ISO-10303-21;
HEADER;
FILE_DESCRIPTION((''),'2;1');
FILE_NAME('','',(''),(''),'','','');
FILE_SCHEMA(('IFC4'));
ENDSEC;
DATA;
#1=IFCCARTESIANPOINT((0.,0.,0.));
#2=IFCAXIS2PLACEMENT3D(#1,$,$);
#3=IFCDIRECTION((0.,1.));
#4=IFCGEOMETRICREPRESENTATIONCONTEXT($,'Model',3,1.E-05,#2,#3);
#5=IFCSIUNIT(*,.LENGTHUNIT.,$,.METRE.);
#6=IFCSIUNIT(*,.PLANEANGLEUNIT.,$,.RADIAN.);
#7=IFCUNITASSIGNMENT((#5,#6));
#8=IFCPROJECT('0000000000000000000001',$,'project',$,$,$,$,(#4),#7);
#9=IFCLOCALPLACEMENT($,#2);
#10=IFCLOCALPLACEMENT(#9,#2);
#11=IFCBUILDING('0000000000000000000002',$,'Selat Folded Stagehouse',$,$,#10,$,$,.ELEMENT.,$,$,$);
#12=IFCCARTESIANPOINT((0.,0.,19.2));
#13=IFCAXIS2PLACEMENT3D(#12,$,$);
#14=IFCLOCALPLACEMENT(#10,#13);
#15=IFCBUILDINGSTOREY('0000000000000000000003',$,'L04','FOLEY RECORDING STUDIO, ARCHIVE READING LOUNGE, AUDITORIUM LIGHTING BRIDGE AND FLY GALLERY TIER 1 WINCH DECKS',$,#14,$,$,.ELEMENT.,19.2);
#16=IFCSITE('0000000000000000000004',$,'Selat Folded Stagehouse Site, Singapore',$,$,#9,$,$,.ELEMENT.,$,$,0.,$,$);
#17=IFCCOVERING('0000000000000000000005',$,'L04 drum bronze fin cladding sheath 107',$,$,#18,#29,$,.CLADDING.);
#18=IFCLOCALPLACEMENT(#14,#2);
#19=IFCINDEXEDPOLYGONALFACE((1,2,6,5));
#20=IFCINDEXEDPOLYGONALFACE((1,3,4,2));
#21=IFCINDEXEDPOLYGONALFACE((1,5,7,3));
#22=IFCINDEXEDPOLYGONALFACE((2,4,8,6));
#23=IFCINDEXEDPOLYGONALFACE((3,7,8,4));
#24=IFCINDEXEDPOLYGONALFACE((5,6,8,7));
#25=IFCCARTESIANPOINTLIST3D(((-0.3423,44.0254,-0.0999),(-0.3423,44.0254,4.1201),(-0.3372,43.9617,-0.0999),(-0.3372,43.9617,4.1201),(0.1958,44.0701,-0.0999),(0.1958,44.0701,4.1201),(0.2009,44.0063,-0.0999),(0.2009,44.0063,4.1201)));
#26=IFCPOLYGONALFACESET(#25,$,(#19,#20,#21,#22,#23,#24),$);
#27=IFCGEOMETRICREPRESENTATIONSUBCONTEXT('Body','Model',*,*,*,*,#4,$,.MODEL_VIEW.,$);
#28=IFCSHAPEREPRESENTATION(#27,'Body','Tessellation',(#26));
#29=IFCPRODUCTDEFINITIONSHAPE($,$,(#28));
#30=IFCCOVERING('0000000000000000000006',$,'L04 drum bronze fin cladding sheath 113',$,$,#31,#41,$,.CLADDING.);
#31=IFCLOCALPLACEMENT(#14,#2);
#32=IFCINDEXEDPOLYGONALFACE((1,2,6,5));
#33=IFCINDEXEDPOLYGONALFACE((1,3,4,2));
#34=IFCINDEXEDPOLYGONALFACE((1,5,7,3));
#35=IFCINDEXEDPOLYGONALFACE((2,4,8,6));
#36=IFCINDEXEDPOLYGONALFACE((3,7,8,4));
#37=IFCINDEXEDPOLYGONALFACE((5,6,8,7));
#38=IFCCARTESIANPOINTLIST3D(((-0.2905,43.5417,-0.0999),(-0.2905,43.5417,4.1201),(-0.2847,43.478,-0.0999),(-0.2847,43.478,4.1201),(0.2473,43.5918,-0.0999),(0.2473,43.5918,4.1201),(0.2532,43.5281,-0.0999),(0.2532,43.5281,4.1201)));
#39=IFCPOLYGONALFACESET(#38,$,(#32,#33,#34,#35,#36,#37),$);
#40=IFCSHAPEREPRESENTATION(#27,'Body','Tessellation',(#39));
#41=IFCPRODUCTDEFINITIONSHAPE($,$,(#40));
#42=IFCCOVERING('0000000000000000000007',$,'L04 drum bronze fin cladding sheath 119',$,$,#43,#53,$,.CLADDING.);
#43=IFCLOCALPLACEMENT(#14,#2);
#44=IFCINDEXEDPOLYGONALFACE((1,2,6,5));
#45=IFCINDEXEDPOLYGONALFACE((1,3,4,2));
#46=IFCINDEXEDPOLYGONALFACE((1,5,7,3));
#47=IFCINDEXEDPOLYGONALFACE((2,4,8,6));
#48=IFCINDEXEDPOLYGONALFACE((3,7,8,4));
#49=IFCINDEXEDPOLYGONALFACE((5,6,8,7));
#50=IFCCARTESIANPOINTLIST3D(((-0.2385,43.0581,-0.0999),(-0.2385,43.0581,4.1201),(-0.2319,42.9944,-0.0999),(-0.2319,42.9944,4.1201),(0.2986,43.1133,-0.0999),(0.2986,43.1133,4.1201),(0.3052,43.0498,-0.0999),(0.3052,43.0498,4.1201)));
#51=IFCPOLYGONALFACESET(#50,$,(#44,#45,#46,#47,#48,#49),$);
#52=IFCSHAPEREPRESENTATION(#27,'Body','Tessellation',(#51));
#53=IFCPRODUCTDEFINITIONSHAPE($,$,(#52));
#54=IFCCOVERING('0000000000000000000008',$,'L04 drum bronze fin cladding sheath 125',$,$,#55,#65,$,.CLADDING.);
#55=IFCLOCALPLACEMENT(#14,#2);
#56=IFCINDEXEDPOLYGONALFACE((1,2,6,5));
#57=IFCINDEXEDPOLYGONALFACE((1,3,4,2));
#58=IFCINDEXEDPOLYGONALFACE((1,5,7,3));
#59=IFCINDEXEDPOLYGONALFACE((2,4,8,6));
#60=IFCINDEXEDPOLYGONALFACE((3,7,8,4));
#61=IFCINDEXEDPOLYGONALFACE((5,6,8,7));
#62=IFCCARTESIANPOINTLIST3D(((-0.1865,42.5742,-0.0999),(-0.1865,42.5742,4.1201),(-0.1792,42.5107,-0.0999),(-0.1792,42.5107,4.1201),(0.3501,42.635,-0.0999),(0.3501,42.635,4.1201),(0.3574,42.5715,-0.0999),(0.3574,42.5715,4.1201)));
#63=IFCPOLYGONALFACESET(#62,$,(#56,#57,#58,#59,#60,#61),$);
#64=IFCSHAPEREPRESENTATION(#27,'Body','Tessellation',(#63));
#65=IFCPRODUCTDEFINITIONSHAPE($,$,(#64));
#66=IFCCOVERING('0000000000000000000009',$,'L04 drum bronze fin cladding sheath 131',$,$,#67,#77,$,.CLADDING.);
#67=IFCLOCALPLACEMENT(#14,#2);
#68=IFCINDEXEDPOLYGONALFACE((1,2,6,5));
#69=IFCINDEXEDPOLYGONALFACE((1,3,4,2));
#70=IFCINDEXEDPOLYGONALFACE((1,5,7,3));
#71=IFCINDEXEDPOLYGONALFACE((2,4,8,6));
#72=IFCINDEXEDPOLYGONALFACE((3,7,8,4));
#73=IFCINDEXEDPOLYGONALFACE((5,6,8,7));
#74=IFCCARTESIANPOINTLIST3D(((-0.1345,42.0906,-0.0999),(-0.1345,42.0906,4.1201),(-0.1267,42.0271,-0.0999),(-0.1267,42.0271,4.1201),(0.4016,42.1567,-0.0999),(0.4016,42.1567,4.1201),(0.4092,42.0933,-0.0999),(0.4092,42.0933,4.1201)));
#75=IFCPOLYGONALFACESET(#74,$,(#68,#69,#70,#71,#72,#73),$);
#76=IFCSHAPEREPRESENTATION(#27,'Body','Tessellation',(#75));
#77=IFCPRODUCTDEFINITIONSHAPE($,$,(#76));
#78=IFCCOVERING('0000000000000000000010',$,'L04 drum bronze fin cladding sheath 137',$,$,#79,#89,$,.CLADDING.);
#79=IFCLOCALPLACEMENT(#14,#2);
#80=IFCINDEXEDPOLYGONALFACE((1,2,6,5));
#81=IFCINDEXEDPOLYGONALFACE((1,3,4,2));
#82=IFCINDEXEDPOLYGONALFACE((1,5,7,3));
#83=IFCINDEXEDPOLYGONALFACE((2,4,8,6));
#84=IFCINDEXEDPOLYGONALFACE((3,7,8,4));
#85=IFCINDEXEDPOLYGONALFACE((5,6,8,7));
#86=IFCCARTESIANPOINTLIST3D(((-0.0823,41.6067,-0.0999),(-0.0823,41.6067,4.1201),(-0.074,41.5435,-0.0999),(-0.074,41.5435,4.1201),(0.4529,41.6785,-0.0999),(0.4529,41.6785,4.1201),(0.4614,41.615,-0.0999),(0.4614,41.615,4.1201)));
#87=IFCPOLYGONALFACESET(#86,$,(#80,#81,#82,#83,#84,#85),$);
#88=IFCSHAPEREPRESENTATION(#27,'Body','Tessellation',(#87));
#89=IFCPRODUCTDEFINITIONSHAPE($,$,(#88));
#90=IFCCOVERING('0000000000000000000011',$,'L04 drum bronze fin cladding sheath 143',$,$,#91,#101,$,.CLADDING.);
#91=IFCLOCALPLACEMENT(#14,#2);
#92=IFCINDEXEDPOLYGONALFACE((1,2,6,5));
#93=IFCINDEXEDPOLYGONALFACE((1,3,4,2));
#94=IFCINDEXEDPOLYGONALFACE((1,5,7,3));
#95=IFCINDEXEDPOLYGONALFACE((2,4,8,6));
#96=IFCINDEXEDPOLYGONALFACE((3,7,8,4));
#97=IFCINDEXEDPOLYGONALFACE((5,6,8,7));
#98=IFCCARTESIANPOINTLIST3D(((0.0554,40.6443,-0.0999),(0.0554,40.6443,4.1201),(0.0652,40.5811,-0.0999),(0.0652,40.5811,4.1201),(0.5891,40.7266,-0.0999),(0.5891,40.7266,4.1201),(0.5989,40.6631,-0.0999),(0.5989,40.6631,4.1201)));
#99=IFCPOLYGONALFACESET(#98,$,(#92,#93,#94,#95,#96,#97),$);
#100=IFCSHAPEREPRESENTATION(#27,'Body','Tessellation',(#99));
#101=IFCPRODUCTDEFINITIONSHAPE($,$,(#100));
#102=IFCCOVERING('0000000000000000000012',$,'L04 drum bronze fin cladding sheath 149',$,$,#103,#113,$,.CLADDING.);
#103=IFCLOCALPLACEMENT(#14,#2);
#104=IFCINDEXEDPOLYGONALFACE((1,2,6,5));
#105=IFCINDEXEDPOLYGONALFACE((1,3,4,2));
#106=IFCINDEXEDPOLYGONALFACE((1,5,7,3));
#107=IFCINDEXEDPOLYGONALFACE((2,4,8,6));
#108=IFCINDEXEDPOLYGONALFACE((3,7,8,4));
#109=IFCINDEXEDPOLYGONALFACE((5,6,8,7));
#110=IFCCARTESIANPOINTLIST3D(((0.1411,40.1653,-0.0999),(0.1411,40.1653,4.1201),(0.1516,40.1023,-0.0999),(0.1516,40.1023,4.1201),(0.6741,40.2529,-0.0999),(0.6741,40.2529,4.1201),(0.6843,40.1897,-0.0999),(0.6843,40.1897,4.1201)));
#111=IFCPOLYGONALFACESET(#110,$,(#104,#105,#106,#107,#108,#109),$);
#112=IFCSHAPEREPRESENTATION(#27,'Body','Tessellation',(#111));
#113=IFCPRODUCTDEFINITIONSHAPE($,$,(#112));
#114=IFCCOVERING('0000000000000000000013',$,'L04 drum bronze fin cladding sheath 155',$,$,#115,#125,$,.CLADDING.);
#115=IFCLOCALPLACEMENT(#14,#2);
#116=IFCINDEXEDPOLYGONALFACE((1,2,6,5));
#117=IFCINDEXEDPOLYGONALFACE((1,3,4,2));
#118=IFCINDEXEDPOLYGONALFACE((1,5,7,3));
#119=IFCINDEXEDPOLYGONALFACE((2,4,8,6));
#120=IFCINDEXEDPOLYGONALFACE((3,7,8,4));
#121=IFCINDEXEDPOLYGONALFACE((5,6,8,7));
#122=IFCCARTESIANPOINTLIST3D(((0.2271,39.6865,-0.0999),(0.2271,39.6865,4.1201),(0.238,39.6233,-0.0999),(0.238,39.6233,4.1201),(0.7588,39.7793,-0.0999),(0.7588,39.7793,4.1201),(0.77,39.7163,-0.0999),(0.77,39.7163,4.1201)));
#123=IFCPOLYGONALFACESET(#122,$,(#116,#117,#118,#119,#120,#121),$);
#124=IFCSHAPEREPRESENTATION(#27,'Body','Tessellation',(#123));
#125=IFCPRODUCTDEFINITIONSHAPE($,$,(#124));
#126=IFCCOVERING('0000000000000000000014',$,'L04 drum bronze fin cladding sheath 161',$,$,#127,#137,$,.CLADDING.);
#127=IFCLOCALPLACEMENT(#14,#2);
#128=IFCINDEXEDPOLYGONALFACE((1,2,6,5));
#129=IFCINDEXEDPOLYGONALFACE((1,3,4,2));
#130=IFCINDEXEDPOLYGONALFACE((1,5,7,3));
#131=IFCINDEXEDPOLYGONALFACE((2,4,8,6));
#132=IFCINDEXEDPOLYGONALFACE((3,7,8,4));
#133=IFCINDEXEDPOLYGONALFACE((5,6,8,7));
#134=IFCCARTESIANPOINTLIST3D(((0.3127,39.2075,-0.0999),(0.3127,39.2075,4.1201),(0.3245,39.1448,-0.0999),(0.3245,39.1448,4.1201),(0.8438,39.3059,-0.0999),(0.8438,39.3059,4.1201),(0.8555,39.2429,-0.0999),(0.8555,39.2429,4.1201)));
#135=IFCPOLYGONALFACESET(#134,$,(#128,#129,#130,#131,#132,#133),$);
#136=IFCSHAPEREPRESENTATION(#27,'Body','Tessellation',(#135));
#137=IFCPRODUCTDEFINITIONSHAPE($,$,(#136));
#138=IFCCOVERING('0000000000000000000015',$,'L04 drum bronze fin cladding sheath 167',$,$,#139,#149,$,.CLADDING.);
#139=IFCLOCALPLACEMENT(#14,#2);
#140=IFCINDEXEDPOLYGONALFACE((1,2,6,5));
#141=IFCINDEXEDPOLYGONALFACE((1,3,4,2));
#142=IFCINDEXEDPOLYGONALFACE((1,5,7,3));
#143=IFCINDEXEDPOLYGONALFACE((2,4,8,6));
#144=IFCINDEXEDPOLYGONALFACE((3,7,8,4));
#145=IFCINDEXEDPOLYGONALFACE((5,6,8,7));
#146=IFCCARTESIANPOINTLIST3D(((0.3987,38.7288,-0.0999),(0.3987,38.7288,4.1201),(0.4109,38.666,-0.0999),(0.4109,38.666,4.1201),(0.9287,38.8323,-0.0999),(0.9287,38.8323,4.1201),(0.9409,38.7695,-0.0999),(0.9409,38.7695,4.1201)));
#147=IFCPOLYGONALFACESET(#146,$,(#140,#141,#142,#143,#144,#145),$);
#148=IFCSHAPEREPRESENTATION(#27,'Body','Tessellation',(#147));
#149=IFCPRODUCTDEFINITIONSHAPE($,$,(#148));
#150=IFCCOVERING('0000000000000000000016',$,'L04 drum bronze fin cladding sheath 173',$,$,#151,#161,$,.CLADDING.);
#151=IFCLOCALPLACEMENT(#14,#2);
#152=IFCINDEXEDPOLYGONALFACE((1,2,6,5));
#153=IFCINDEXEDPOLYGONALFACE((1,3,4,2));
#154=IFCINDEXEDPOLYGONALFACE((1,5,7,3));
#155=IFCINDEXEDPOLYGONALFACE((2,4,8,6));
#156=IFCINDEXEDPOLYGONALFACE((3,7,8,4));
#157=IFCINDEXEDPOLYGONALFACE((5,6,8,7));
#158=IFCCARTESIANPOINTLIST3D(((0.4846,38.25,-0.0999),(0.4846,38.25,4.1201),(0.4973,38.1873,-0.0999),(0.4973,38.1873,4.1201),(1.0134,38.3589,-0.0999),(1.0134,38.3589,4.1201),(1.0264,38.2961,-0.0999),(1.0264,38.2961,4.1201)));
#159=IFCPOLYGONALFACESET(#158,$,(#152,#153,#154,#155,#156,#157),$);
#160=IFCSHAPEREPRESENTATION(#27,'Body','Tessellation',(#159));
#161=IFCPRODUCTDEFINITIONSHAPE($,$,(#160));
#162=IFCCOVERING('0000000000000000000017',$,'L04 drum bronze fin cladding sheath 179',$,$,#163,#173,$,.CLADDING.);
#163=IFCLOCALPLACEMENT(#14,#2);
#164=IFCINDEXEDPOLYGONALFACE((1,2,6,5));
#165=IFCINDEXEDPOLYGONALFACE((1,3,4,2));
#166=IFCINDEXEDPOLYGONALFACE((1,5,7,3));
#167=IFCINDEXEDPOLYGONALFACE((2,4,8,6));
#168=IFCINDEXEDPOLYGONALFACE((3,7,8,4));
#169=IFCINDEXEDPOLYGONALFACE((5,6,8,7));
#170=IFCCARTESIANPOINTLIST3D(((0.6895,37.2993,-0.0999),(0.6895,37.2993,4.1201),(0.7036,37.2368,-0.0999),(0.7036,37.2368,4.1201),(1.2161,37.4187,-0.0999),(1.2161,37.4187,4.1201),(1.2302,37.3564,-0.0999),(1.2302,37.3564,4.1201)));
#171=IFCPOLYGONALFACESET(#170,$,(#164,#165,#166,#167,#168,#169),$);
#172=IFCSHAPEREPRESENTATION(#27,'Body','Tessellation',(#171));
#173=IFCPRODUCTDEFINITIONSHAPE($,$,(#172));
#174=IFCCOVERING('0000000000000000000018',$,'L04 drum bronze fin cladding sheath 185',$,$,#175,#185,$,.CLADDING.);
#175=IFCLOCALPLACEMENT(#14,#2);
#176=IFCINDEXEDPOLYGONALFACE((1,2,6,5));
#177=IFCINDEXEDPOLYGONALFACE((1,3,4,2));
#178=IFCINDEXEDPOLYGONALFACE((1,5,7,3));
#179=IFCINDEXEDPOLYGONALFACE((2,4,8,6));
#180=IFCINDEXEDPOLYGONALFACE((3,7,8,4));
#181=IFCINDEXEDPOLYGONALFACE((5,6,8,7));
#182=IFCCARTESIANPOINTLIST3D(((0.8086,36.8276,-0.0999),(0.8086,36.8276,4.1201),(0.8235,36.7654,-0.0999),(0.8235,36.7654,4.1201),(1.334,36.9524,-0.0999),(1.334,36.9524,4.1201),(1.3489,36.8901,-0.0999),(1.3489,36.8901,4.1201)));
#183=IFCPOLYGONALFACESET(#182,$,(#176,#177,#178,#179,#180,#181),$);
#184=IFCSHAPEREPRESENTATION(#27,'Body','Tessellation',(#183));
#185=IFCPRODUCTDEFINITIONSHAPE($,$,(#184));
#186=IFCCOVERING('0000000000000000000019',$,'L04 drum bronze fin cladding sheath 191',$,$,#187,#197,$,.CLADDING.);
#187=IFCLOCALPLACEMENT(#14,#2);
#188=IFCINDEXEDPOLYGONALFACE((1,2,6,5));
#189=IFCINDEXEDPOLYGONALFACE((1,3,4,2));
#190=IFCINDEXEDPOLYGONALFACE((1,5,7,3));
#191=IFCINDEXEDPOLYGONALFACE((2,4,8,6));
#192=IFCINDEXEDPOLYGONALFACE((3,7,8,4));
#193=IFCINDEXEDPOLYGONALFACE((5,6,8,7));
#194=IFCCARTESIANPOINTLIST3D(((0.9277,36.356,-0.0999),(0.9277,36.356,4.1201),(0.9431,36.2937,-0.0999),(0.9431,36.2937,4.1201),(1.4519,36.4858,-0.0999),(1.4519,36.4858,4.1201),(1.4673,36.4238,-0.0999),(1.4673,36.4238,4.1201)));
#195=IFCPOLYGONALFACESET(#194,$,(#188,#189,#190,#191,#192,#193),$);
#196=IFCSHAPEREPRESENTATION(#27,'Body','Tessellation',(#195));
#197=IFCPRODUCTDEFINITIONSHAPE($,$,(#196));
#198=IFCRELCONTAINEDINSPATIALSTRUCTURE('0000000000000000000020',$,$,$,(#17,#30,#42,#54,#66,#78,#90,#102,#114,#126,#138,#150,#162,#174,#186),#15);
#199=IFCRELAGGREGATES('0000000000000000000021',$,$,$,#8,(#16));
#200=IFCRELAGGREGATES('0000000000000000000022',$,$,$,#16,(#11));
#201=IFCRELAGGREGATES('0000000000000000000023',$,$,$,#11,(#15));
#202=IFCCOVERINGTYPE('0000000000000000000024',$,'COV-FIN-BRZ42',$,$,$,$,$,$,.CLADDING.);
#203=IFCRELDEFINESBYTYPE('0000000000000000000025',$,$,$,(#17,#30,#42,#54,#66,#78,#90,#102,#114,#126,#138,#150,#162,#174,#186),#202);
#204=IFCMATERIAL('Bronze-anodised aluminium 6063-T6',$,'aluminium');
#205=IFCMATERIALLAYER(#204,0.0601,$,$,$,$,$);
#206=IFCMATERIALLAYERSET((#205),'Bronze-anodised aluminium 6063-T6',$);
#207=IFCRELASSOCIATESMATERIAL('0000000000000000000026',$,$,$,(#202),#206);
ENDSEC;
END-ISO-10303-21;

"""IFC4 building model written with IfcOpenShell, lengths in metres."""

from ifc_helpers import new_model, si_unit, direction, frame, origin, place, context, subcontext, project, spatial, polyline, outline, extrude, material, layer, layer_set, type_object, element, save


model = new_model("IFC4")

# Units and contexts
model_context = context("Model", 3, precision=1e-05, world=origin(), true_north=direction((0.0, 1.0)))
body_context = subcontext(model_context, "Body", "Model", "MODEL_VIEW")
ifc_project = project(units=[si_unit("LENGTHUNIT", "METRE"), si_unit("PLANEANGLEUNIT", "RADIAN")], contexts=[model_context])

# Site, building, storey
site_placement = place(None, origin())
site = spatial("IfcSite", under=ifc_project, at=site_placement, Name="Selat Folded Stagehouse Site, Singapore", CompositionType="ELEMENT", RefElevation=0.0)
building_placement = place(site_placement, origin())
building = spatial("IfcBuilding", under=site, at=building_placement, Name="Selat Folded Stagehouse", CompositionType="ELEMENT")
storey_placement = place(building_placement, frame((0.0, 0.0, 19.2)))
storey = spatial("IfcBuildingStorey", under=building, at=storey_placement, Name="L04", Description="FOLEY RECORDING STUDIO, ARCHIVE READING LOUNGE, AUDITORIUM LIGHTING BRIDGE AND FLY GALLERY TIER 1 WINCH DECKS", CompositionType="ELEMENT", Elevation=19.2)

# Coverings
ifc_material = material(Name="Bronze-anodised aluminium 6063-T6", Category="aluminium")
ifc_layer = layer(ifc_material, 0.0601)
ifc_layer_set = layer_set([ifc_layer], Name="Bronze-anodised aluminium 6063-T6")
covering_type = type_object("IfcCoveringType", Name="COV-FIN-BRZ42", PredefinedType="CLADDING", material=ifc_layer_set)
covering_1_placement = place(storey_placement, frame((0.0, 0.0, -0.0999)))
element("IfcCovering", 1, at=covering_1_placement, inside=storey, type_object=covering_type, Name="L04 drum bronze fin cladding sheath 107", PredefinedType="CLADDING", context=body_context, shape_type="SweptSolid", body=[
    extrude(outline(polyline([(0.1958, 44.0701), (-0.3423, 44.0254), (-0.3372, 43.9617), (0.2009, 44.0063), (0.1958, 44.0701)])), origin(), (0.0, 0.0, 1.0), 4.22),
])
covering_2_placement = place(storey_placement, frame((0.0, 0.0, -0.0999)))
element("IfcCovering", 2, at=covering_2_placement, inside=storey, type_object=covering_type, Name="L04 drum bronze fin cladding sheath 113", PredefinedType="CLADDING", context=body_context, shape_type="SweptSolid", body=[
    extrude(outline(polyline([(0.2473, 43.5918), (-0.2905, 43.5417), (-0.2847, 43.478), (0.2532, 43.5281), (0.2473, 43.5918)])), origin(), (0.0, 0.0, 1.0), 4.22),
])
covering_3_placement = place(storey_placement, frame((0.0, 0.0, -0.0999)))
element("IfcCovering", 3, at=covering_3_placement, inside=storey, type_object=covering_type, Name="L04 drum bronze fin cladding sheath 119", PredefinedType="CLADDING", context=body_context, shape_type="SweptSolid", body=[
    extrude(outline(polyline([(0.2986, 43.1133), (-0.2385, 43.0581), (-0.2319, 42.9944), (0.3052, 43.0498), (0.2986, 43.1133)])), origin(), (0.0, 0.0, 1.0), 4.22),
])
covering_4_placement = place(storey_placement, frame((0.0, 0.0, -0.0999)))
element("IfcCovering", 4, at=covering_4_placement, inside=storey, type_object=covering_type, Name="L04 drum bronze fin cladding sheath 125", PredefinedType="CLADDING", context=body_context, shape_type="SweptSolid", body=[
    extrude(outline(polyline([(0.3501, 42.635), (-0.1865, 42.5742), (-0.1792, 42.5107), (0.3574, 42.5715), (0.3501, 42.635)])), origin(), (0.0, 0.0, 1.0), 4.22),
])
covering_5_placement = place(storey_placement, frame((0.0, 0.0, -0.0999)))
element("IfcCovering", 5, at=covering_5_placement, inside=storey, type_object=covering_type, Name="L04 drum bronze fin cladding sheath 131", PredefinedType="CLADDING", context=body_context, shape_type="SweptSolid", body=[
    extrude(outline(polyline([(0.4016, 42.1567), (-0.1345, 42.0906), (-0.1267, 42.0271), (0.4092, 42.0933), (0.4016, 42.1567)])), origin(), (0.0, 0.0, 1.0), 4.22),
])
covering_6_placement = place(storey_placement, frame((0.0, 0.0, -0.0999)))
element("IfcCovering", 6, at=covering_6_placement, inside=storey, type_object=covering_type, Name="L04 drum bronze fin cladding sheath 137", PredefinedType="CLADDING", context=body_context, shape_type="SweptSolid", body=[
    extrude(outline(polyline([(0.4529, 41.6785), (-0.0823, 41.6067), (-0.074, 41.5435), (0.4614, 41.615), (0.4529, 41.6785)])), origin(), (0.0, 0.0, 1.0), 4.22),
])
covering_7_placement = place(storey_placement, frame((0.0, 0.0, -0.0999)))
element("IfcCovering", 7, at=covering_7_placement, inside=storey, type_object=covering_type, Name="L04 drum bronze fin cladding sheath 143", PredefinedType="CLADDING", context=body_context, shape_type="SweptSolid", body=[
    extrude(outline(polyline([(0.5891, 40.7266), (0.0554, 40.6443), (0.0652, 40.5811), (0.5989, 40.6631), (0.5891, 40.7266)])), origin(), (0.0, 0.0, 1.0), 4.22),
])
covering_8_placement = place(storey_placement, frame((0.0, 0.0, -0.0999)))
element("IfcCovering", 8, at=covering_8_placement, inside=storey, type_object=covering_type, Name="L04 drum bronze fin cladding sheath 149", PredefinedType="CLADDING", context=body_context, shape_type="SweptSolid", body=[
    extrude(outline(polyline([(0.6741, 40.2529), (0.1411, 40.1653), (0.1516, 40.1023), (0.6843, 40.1897), (0.6741, 40.2529)])), origin(), (0.0, 0.0, 1.0), 4.22),
])
covering_9_placement = place(storey_placement, frame((0.0, 0.0, -0.0999)))
element("IfcCovering", 9, at=covering_9_placement, inside=storey, type_object=covering_type, Name="L04 drum bronze fin cladding sheath 155", PredefinedType="CLADDING", context=body_context, shape_type="SweptSolid", body=[
    extrude(outline(polyline([(0.7588, 39.7793), (0.2271, 39.6865), (0.238, 39.6233), (0.77, 39.7163), (0.7588, 39.7793)])), origin(), (0.0, 0.0, 1.0), 4.22),
])
covering_10_placement = place(storey_placement, frame((0.0, 0.0, -0.0999)))
element("IfcCovering", 10, at=covering_10_placement, inside=storey, type_object=covering_type, Name="L04 drum bronze fin cladding sheath 161", PredefinedType="CLADDING", context=body_context, shape_type="SweptSolid", body=[
    extrude(outline(polyline([(0.8438, 39.3059), (0.3127, 39.2075), (0.3245, 39.1448), (0.8555, 39.2429), (0.8438, 39.3059)])), origin(), (0.0, 0.0, 1.0), 4.22),
])
covering_11_placement = place(storey_placement, frame((0.0, 0.0, -0.0999)))
element("IfcCovering", 11, at=covering_11_placement, inside=storey, type_object=covering_type, Name="L04 drum bronze fin cladding sheath 167", PredefinedType="CLADDING", context=body_context, shape_type="SweptSolid", body=[
    extrude(outline(polyline([(0.9287, 38.8323), (0.3987, 38.7288), (0.4109, 38.666), (0.9409, 38.7695), (0.9287, 38.8323)])), origin(), (0.0, 0.0, 1.0), 4.22),
])
covering_12_placement = place(storey_placement, frame((0.0, 0.0, -0.0999)))
element("IfcCovering", 12, at=covering_12_placement, inside=storey, type_object=covering_type, Name="L04 drum bronze fin cladding sheath 173", PredefinedType="CLADDING", context=body_context, shape_type="SweptSolid", body=[
    extrude(outline(polyline([(1.0134, 38.3589), (0.4846, 38.25), (0.4973, 38.1873), (1.0264, 38.2961), (1.0134, 38.3589)])), origin(), (0.0, 0.0, 1.0), 4.22),
])
covering_13_placement = place(storey_placement, frame((0.0, 0.0, -0.0999)))
element("IfcCovering", 13, at=covering_13_placement, inside=storey, type_object=covering_type, Name="L04 drum bronze fin cladding sheath 179", PredefinedType="CLADDING", context=body_context, shape_type="SweptSolid", body=[
    extrude(outline(polyline([(1.2161, 37.4187), (0.6895, 37.2993), (0.7036, 37.2368), (1.2302, 37.3564), (1.2161, 37.4187)])), origin(), (0.0, 0.0, 1.0), 4.22),
])
covering_14_placement = place(storey_placement, frame((0.0, 0.0, -0.0999)))
element("IfcCovering", 14, at=covering_14_placement, inside=storey, type_object=covering_type, Name="L04 drum bronze fin cladding sheath 185", PredefinedType="CLADDING", context=body_context, shape_type="SweptSolid", body=[
    extrude(outline(polyline([(1.334, 36.9524), (0.8086, 36.8276), (0.8235, 36.7654), (1.3489, 36.8901), (1.334, 36.9524)])), origin(), (0.0, 0.0, 1.0), 4.22),
])
covering_15_placement = place(storey_placement, frame((0.0, 0.0, -0.0999)))
element("IfcCovering", 15, at=covering_15_placement, inside=storey, type_object=covering_type, Name="L04 drum bronze fin cladding sheath 191", PredefinedType="CLADDING", context=body_context, shape_type="SweptSolid", body=[
    extrude(outline(polyline([(1.4519, 36.4858), (0.9277, 36.356), (0.9431, 36.2937), (1.4673, 36.4238), (1.4519, 36.4858)])), origin(), (0.0, 0.0, 1.0), 4.22),
])

save(model, "model.ifc")
